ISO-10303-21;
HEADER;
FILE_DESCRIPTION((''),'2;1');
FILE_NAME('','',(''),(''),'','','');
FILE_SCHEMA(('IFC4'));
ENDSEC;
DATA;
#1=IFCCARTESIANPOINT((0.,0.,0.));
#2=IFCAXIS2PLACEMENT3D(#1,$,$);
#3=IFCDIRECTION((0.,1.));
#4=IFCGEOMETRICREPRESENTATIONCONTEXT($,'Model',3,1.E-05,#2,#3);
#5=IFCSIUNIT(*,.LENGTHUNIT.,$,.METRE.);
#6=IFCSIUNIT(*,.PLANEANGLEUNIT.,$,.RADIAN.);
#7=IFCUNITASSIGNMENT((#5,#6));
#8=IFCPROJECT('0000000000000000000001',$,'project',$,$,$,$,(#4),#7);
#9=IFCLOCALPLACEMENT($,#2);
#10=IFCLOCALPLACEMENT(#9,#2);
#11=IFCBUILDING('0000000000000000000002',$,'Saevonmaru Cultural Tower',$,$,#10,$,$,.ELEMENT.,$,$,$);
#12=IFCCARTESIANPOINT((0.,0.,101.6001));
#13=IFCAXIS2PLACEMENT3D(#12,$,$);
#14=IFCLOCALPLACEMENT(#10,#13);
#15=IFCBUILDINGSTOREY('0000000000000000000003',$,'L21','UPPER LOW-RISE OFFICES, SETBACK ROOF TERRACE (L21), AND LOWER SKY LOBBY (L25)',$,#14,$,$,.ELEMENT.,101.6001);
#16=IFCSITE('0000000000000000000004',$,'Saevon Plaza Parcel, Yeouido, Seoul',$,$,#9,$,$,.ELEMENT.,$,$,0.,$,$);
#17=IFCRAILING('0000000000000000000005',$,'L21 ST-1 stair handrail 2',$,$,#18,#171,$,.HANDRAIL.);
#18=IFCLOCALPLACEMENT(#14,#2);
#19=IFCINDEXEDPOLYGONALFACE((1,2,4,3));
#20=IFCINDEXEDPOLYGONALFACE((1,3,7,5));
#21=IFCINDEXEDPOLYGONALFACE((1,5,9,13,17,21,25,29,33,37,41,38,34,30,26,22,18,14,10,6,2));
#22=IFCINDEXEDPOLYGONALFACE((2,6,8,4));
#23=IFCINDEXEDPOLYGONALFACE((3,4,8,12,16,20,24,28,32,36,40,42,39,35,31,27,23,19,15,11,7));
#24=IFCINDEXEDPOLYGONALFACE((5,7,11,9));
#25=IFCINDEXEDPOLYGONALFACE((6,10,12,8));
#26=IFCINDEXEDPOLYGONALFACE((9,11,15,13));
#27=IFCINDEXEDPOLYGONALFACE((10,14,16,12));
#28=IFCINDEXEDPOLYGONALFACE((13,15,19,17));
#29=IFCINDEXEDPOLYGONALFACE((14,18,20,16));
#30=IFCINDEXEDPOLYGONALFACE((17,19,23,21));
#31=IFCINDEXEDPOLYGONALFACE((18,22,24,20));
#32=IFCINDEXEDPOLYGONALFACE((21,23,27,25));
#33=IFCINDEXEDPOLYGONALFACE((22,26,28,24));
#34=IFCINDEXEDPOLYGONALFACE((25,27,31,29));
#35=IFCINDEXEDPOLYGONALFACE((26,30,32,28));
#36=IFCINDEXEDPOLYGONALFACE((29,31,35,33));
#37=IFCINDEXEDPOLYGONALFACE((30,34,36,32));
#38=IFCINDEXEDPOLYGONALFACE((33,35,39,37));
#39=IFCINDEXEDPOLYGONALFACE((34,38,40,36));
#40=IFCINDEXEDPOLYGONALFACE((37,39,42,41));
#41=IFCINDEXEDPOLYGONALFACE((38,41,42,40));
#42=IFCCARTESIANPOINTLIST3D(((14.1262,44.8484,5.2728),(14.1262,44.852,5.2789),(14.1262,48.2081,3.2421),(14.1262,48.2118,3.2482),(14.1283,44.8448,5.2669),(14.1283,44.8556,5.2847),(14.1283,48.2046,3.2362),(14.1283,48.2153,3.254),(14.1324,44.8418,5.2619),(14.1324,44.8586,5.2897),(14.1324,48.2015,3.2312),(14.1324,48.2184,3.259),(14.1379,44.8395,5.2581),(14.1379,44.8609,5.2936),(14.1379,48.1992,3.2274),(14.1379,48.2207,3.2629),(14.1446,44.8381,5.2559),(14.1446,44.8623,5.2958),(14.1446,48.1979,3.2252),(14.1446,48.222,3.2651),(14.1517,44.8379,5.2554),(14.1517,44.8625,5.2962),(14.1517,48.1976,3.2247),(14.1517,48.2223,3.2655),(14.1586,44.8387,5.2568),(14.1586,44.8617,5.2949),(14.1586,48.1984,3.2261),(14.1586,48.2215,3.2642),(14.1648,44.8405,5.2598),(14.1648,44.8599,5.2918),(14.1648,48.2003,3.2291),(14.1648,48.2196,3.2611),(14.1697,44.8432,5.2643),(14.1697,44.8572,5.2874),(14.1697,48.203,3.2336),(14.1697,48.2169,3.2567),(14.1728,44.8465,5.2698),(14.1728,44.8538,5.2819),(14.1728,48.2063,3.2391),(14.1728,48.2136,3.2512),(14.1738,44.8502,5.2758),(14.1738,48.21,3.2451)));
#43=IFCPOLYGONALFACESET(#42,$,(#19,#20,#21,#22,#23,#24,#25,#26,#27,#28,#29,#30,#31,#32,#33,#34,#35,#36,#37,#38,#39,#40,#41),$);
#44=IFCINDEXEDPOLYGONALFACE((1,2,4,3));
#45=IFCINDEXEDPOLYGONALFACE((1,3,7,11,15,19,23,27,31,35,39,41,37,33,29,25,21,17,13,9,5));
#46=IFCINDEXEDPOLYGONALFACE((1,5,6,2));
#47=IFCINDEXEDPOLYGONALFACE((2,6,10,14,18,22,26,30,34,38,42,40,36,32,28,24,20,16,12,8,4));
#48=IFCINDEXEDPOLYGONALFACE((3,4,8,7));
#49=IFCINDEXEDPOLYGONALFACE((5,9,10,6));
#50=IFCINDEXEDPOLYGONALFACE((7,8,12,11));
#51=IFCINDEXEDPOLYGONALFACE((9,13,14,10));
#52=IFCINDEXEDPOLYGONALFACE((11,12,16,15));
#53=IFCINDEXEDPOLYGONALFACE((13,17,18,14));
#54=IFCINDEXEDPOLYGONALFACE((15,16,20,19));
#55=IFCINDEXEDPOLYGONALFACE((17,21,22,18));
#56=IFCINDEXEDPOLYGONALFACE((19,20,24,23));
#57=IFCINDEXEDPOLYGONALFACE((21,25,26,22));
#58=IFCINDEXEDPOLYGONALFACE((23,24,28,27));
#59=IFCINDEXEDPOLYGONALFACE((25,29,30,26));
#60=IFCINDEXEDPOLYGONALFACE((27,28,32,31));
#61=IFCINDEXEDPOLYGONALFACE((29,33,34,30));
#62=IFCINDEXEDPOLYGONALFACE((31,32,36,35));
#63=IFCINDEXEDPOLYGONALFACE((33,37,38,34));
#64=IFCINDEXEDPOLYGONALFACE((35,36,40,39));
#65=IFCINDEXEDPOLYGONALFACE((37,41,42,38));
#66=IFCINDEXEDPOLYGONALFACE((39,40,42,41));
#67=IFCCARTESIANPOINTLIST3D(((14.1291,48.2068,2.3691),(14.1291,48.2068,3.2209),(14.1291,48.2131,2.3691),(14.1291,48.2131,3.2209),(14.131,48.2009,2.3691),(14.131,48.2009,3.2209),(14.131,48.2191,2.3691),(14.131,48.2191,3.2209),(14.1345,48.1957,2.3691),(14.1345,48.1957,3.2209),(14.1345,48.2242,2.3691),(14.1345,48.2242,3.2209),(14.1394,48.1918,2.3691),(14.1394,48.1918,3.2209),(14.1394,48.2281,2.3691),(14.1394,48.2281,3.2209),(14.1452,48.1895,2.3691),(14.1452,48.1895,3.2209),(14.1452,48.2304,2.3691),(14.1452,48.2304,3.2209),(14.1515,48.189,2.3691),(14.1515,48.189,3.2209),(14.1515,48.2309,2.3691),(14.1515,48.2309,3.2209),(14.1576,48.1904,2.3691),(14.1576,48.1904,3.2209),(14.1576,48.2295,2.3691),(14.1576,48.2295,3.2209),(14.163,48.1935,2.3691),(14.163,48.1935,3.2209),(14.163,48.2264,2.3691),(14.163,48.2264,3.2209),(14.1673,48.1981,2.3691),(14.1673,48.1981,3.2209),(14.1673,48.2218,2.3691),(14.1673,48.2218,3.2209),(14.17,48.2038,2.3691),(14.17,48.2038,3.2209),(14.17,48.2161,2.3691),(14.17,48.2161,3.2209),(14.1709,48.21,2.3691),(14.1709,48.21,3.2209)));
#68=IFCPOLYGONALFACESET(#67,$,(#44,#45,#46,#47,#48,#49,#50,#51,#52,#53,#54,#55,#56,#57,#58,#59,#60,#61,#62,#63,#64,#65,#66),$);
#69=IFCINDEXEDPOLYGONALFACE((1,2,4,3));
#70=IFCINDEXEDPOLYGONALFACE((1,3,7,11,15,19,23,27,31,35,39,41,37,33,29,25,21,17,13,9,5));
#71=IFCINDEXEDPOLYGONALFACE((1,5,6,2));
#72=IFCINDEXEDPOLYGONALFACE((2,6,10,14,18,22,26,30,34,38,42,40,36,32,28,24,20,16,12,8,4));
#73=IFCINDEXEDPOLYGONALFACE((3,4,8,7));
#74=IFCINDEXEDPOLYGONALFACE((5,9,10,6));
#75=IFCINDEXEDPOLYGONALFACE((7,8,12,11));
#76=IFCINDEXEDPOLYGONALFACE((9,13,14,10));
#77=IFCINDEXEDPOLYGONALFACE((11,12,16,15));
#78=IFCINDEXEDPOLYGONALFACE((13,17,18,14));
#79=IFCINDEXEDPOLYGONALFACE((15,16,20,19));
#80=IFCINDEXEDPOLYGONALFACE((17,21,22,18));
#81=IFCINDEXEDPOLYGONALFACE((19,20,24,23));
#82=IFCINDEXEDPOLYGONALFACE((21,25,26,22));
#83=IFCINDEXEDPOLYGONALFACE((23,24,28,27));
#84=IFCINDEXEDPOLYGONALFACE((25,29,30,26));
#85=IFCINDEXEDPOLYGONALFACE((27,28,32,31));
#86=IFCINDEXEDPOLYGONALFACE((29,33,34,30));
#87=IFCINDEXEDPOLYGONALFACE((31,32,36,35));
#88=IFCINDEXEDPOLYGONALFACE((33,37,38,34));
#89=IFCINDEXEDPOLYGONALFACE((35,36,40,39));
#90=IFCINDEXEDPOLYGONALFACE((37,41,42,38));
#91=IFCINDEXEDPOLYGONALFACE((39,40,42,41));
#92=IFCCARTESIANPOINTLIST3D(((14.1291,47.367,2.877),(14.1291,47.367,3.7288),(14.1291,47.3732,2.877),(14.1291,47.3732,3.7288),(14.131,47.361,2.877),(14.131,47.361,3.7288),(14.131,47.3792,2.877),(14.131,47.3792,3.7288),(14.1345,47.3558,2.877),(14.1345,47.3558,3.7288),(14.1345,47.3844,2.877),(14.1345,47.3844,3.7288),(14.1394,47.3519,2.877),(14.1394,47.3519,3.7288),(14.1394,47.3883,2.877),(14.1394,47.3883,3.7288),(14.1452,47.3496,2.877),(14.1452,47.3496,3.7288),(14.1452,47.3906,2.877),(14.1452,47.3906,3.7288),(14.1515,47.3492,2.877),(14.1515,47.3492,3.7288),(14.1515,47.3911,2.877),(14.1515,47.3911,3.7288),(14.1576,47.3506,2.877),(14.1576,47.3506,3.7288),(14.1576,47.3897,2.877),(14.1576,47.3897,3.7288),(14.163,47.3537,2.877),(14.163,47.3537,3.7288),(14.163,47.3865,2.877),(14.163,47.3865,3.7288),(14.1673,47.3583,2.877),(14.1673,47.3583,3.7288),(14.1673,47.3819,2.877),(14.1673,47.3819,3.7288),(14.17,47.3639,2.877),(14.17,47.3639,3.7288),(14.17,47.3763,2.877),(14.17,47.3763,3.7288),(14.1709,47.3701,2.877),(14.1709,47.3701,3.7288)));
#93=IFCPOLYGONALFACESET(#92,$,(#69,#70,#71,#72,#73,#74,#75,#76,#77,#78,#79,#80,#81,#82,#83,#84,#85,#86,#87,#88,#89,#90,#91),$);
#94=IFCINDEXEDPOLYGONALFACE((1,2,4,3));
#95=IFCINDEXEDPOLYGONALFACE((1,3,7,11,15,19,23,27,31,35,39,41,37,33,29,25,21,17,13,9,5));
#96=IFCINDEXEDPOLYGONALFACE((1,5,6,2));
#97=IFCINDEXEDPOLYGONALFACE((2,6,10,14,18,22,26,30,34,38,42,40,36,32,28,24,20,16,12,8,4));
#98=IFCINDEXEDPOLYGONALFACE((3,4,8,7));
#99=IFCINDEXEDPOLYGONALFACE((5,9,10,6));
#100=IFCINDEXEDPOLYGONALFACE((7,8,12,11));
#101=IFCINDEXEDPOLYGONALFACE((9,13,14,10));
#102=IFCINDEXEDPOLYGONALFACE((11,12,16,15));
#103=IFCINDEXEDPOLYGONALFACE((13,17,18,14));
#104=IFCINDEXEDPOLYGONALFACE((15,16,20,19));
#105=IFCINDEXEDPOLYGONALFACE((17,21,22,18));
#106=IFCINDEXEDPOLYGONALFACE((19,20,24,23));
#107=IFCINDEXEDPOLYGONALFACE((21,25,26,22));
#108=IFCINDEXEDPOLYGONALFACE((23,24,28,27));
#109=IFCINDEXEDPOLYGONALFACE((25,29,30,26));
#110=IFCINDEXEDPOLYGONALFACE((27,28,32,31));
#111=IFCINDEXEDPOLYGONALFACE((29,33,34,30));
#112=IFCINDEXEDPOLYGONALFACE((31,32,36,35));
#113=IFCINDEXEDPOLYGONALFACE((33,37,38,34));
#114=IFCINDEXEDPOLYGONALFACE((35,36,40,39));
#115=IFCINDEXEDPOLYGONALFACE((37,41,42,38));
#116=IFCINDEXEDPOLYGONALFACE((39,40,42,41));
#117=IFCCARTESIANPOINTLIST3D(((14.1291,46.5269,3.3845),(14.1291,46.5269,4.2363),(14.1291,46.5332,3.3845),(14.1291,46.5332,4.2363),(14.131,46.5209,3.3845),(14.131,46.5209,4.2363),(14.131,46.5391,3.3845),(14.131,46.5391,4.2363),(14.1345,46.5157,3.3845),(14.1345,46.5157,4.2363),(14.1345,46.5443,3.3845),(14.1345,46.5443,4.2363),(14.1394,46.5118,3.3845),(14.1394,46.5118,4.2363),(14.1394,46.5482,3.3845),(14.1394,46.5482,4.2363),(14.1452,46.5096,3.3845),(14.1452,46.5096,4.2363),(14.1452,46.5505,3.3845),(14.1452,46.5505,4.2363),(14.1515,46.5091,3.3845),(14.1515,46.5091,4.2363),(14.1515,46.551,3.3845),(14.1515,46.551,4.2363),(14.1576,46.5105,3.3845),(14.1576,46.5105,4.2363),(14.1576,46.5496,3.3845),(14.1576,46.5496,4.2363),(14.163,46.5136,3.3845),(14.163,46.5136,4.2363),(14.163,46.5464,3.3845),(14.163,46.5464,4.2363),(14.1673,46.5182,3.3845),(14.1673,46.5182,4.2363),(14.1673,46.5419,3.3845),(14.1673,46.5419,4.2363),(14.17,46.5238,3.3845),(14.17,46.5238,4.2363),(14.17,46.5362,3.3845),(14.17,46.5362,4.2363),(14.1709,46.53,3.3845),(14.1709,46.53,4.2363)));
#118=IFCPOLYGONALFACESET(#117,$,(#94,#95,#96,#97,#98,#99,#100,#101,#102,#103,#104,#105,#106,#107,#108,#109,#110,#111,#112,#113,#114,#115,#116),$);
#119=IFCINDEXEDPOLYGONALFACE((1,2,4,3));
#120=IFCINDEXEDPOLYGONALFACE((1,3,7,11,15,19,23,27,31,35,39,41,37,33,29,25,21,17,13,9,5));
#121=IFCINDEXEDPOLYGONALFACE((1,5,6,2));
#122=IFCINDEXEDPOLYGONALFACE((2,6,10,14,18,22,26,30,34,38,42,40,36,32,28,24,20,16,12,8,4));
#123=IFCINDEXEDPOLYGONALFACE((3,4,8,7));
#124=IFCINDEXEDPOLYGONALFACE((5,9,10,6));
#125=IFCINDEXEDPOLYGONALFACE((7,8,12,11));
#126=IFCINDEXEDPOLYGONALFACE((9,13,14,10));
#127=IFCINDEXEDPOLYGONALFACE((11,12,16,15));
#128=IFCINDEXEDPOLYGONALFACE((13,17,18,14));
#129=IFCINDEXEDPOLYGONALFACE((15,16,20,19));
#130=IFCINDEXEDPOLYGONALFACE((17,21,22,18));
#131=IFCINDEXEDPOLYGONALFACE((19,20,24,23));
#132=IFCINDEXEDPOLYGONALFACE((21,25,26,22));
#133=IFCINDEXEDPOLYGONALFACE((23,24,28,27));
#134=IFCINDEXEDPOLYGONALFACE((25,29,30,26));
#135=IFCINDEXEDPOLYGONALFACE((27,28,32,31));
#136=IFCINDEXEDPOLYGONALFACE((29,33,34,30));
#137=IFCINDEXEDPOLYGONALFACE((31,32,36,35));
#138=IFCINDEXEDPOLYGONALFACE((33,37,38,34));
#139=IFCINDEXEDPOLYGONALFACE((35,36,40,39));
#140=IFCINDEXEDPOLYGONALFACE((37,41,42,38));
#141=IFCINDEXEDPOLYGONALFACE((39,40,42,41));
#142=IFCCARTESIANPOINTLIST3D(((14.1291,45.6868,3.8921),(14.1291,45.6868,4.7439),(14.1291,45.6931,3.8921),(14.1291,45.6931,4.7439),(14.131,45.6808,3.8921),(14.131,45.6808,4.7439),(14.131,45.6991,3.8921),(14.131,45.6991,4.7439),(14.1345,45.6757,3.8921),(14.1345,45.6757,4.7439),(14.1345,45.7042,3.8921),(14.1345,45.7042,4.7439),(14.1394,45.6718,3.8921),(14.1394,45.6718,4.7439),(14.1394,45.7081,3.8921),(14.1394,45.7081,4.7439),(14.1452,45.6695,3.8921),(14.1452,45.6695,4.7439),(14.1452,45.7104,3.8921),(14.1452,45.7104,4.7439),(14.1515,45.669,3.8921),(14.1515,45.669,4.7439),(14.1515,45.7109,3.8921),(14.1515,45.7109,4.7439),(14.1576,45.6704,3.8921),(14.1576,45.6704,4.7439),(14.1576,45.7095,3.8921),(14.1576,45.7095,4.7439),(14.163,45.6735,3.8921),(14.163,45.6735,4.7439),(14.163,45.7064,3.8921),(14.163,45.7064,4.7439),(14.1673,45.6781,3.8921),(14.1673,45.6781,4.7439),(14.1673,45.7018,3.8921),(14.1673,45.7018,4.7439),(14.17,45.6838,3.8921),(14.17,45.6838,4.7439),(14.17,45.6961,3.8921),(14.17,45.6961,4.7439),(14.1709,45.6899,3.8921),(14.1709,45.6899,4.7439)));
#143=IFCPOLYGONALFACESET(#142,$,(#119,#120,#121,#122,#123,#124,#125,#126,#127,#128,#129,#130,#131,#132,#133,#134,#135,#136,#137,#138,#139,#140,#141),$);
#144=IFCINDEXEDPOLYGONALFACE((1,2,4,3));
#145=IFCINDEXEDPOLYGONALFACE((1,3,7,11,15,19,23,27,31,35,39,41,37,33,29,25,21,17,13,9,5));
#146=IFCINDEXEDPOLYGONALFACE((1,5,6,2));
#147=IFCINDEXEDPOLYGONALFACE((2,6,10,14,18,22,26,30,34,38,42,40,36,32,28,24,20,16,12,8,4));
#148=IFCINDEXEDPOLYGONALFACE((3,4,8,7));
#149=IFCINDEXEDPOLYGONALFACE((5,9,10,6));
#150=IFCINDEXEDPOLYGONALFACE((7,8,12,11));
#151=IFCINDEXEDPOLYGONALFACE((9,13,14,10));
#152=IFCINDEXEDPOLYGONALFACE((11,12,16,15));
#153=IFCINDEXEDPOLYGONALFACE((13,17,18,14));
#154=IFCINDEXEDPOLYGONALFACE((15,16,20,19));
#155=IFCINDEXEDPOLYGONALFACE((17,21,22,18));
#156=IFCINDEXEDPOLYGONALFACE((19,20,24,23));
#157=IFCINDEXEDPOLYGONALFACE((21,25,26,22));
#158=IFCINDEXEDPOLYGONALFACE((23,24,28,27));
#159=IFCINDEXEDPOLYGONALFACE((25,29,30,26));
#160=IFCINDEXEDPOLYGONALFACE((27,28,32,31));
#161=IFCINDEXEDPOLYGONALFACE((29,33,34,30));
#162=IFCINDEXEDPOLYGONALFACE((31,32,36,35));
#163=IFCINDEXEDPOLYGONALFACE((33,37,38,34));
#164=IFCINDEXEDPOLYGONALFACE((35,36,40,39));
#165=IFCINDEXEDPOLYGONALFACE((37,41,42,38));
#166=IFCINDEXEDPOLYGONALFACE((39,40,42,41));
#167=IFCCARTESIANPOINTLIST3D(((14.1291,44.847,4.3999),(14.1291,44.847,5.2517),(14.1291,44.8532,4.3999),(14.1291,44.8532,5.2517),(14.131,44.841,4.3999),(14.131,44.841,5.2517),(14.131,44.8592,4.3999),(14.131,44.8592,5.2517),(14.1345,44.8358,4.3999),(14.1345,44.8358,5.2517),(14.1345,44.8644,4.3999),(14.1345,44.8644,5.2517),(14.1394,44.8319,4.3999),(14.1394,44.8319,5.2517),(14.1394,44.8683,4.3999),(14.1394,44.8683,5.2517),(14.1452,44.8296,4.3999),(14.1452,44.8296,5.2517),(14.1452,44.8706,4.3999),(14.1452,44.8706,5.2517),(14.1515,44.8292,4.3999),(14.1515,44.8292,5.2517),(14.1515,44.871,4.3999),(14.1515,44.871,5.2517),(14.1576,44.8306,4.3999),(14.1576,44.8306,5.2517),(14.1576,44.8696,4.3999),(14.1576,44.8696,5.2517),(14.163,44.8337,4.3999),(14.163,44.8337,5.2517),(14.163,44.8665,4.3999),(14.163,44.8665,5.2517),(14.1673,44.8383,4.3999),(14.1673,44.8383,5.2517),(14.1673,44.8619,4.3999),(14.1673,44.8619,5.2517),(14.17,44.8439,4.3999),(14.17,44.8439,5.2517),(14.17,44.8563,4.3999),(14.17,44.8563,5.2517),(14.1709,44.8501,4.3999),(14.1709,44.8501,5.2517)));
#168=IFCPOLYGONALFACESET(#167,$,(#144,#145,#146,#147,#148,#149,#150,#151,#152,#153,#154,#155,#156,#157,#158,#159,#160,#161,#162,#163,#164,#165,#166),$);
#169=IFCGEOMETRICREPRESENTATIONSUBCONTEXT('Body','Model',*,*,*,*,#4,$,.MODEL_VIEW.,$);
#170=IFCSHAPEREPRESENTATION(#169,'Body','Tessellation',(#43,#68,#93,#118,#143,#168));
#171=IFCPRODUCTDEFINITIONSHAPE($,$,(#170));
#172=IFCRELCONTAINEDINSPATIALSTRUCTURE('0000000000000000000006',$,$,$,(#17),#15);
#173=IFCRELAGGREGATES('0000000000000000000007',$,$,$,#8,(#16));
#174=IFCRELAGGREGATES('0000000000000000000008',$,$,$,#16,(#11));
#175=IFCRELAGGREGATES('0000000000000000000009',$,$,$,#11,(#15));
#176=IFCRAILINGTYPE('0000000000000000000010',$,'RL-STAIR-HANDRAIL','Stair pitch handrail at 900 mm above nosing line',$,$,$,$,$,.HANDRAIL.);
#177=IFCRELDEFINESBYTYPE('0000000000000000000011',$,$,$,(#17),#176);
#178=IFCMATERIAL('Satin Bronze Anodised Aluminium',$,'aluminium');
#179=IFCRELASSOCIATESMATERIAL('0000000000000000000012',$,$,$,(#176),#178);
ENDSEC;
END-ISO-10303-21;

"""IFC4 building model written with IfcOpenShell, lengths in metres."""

from ifc_helpers import new_model, si_unit, direction, frame, origin, origin_2d, place, context, subcontext, project, spatial, circle, extrude, material, type_object, element, save


model = new_model("IFC4")

# Units and contexts
model_context = context("Model", 3, precision=1e-05, world=origin(), true_north=direction((0.0, 1.0)))
body_context = subcontext(model_context, "Body", "Model", "MODEL_VIEW")
ifc_project = project(units=[si_unit("LENGTHUNIT", "METRE"), si_unit("PLANEANGLEUNIT", "RADIAN")], contexts=[model_context])

# Site, building, storey
site_placement = place(None, origin())
site = spatial("IfcSite", under=ifc_project, at=site_placement, Name="Saevon Plaza Parcel, Yeouido, Seoul", CompositionType="ELEMENT", RefElevation=0.0)
building_placement = place(site_placement, origin())
building = spatial("IfcBuilding", under=site, at=building_placement, Name="Saevonmaru Cultural Tower", CompositionType="ELEMENT")
storey_placement = place(building_placement, frame((0.0, 0.0, 101.6001)))
storey = spatial("IfcBuildingStorey", under=building, at=storey_placement, Name="L21", Description="UPPER LOW-RISE OFFICES, SETBACK ROOF TERRACE (L21), AND LOWER SKY LOBBY (L25)", CompositionType="ELEMENT", Elevation=101.6001)

# Shared definitions
ifc_material_1 = material(Name="Satin Bronze Anodised Aluminium", Category="aluminium")

# Railing
railing_type_1 = type_object("IfcRailingType", Name="RL-STAIR-HANDRAIL", Description="Stair pitch handrail at 900 mm above nosing line", PredefinedType="HANDRAIL", material=ifc_material_1)
railing_1_placement = place(storey_placement, frame((14.1499, 48.21, 2.3691)))
element("IfcRailing", 1, at=railing_1_placement, inside=storey, type_object=railing_type_1, Name="L21 ST-1 stair handrail 2", PredefinedType="HANDRAIL", context=body_context, shape_type="SweptSolid", body=[
    extrude(circle(Radius=0.0239, at=origin_2d()), frame((0.0, 0.0, 0.876), z_axis=(0.0, -0.85582, 0.517273), x_axis=(1.0, 0.0, 0.0)), (0.0, 0.0, 1.0), 3.9258),
    extrude(circle(Radius=0.021, at=origin_2d()), origin(), (0.0, 0.0, 1.0), 0.8518),
    extrude(circle(Radius=0.021, at=origin_2d()), frame((0.0, -0.8398, 0.5078)), (0.0, 0.0, 1.0), 0.8518),
    extrude(circle(Radius=0.021, at=origin_2d()), frame((0.0, -1.6799, 1.0154)), (0.0, 0.0, 1.0), 0.8518),
    extrude(circle(Radius=0.021, at=origin_2d()), frame((0.0, -2.52, 1.5229)), (0.0, 0.0, 1.0), 0.8518),
    extrude(circle(Radius=0.021, at=origin_2d()), frame((0.0, -3.3599, 2.0308)), (0.0, 0.0, 1.0), 0.8518),
])

save(model, "model.ifc")
